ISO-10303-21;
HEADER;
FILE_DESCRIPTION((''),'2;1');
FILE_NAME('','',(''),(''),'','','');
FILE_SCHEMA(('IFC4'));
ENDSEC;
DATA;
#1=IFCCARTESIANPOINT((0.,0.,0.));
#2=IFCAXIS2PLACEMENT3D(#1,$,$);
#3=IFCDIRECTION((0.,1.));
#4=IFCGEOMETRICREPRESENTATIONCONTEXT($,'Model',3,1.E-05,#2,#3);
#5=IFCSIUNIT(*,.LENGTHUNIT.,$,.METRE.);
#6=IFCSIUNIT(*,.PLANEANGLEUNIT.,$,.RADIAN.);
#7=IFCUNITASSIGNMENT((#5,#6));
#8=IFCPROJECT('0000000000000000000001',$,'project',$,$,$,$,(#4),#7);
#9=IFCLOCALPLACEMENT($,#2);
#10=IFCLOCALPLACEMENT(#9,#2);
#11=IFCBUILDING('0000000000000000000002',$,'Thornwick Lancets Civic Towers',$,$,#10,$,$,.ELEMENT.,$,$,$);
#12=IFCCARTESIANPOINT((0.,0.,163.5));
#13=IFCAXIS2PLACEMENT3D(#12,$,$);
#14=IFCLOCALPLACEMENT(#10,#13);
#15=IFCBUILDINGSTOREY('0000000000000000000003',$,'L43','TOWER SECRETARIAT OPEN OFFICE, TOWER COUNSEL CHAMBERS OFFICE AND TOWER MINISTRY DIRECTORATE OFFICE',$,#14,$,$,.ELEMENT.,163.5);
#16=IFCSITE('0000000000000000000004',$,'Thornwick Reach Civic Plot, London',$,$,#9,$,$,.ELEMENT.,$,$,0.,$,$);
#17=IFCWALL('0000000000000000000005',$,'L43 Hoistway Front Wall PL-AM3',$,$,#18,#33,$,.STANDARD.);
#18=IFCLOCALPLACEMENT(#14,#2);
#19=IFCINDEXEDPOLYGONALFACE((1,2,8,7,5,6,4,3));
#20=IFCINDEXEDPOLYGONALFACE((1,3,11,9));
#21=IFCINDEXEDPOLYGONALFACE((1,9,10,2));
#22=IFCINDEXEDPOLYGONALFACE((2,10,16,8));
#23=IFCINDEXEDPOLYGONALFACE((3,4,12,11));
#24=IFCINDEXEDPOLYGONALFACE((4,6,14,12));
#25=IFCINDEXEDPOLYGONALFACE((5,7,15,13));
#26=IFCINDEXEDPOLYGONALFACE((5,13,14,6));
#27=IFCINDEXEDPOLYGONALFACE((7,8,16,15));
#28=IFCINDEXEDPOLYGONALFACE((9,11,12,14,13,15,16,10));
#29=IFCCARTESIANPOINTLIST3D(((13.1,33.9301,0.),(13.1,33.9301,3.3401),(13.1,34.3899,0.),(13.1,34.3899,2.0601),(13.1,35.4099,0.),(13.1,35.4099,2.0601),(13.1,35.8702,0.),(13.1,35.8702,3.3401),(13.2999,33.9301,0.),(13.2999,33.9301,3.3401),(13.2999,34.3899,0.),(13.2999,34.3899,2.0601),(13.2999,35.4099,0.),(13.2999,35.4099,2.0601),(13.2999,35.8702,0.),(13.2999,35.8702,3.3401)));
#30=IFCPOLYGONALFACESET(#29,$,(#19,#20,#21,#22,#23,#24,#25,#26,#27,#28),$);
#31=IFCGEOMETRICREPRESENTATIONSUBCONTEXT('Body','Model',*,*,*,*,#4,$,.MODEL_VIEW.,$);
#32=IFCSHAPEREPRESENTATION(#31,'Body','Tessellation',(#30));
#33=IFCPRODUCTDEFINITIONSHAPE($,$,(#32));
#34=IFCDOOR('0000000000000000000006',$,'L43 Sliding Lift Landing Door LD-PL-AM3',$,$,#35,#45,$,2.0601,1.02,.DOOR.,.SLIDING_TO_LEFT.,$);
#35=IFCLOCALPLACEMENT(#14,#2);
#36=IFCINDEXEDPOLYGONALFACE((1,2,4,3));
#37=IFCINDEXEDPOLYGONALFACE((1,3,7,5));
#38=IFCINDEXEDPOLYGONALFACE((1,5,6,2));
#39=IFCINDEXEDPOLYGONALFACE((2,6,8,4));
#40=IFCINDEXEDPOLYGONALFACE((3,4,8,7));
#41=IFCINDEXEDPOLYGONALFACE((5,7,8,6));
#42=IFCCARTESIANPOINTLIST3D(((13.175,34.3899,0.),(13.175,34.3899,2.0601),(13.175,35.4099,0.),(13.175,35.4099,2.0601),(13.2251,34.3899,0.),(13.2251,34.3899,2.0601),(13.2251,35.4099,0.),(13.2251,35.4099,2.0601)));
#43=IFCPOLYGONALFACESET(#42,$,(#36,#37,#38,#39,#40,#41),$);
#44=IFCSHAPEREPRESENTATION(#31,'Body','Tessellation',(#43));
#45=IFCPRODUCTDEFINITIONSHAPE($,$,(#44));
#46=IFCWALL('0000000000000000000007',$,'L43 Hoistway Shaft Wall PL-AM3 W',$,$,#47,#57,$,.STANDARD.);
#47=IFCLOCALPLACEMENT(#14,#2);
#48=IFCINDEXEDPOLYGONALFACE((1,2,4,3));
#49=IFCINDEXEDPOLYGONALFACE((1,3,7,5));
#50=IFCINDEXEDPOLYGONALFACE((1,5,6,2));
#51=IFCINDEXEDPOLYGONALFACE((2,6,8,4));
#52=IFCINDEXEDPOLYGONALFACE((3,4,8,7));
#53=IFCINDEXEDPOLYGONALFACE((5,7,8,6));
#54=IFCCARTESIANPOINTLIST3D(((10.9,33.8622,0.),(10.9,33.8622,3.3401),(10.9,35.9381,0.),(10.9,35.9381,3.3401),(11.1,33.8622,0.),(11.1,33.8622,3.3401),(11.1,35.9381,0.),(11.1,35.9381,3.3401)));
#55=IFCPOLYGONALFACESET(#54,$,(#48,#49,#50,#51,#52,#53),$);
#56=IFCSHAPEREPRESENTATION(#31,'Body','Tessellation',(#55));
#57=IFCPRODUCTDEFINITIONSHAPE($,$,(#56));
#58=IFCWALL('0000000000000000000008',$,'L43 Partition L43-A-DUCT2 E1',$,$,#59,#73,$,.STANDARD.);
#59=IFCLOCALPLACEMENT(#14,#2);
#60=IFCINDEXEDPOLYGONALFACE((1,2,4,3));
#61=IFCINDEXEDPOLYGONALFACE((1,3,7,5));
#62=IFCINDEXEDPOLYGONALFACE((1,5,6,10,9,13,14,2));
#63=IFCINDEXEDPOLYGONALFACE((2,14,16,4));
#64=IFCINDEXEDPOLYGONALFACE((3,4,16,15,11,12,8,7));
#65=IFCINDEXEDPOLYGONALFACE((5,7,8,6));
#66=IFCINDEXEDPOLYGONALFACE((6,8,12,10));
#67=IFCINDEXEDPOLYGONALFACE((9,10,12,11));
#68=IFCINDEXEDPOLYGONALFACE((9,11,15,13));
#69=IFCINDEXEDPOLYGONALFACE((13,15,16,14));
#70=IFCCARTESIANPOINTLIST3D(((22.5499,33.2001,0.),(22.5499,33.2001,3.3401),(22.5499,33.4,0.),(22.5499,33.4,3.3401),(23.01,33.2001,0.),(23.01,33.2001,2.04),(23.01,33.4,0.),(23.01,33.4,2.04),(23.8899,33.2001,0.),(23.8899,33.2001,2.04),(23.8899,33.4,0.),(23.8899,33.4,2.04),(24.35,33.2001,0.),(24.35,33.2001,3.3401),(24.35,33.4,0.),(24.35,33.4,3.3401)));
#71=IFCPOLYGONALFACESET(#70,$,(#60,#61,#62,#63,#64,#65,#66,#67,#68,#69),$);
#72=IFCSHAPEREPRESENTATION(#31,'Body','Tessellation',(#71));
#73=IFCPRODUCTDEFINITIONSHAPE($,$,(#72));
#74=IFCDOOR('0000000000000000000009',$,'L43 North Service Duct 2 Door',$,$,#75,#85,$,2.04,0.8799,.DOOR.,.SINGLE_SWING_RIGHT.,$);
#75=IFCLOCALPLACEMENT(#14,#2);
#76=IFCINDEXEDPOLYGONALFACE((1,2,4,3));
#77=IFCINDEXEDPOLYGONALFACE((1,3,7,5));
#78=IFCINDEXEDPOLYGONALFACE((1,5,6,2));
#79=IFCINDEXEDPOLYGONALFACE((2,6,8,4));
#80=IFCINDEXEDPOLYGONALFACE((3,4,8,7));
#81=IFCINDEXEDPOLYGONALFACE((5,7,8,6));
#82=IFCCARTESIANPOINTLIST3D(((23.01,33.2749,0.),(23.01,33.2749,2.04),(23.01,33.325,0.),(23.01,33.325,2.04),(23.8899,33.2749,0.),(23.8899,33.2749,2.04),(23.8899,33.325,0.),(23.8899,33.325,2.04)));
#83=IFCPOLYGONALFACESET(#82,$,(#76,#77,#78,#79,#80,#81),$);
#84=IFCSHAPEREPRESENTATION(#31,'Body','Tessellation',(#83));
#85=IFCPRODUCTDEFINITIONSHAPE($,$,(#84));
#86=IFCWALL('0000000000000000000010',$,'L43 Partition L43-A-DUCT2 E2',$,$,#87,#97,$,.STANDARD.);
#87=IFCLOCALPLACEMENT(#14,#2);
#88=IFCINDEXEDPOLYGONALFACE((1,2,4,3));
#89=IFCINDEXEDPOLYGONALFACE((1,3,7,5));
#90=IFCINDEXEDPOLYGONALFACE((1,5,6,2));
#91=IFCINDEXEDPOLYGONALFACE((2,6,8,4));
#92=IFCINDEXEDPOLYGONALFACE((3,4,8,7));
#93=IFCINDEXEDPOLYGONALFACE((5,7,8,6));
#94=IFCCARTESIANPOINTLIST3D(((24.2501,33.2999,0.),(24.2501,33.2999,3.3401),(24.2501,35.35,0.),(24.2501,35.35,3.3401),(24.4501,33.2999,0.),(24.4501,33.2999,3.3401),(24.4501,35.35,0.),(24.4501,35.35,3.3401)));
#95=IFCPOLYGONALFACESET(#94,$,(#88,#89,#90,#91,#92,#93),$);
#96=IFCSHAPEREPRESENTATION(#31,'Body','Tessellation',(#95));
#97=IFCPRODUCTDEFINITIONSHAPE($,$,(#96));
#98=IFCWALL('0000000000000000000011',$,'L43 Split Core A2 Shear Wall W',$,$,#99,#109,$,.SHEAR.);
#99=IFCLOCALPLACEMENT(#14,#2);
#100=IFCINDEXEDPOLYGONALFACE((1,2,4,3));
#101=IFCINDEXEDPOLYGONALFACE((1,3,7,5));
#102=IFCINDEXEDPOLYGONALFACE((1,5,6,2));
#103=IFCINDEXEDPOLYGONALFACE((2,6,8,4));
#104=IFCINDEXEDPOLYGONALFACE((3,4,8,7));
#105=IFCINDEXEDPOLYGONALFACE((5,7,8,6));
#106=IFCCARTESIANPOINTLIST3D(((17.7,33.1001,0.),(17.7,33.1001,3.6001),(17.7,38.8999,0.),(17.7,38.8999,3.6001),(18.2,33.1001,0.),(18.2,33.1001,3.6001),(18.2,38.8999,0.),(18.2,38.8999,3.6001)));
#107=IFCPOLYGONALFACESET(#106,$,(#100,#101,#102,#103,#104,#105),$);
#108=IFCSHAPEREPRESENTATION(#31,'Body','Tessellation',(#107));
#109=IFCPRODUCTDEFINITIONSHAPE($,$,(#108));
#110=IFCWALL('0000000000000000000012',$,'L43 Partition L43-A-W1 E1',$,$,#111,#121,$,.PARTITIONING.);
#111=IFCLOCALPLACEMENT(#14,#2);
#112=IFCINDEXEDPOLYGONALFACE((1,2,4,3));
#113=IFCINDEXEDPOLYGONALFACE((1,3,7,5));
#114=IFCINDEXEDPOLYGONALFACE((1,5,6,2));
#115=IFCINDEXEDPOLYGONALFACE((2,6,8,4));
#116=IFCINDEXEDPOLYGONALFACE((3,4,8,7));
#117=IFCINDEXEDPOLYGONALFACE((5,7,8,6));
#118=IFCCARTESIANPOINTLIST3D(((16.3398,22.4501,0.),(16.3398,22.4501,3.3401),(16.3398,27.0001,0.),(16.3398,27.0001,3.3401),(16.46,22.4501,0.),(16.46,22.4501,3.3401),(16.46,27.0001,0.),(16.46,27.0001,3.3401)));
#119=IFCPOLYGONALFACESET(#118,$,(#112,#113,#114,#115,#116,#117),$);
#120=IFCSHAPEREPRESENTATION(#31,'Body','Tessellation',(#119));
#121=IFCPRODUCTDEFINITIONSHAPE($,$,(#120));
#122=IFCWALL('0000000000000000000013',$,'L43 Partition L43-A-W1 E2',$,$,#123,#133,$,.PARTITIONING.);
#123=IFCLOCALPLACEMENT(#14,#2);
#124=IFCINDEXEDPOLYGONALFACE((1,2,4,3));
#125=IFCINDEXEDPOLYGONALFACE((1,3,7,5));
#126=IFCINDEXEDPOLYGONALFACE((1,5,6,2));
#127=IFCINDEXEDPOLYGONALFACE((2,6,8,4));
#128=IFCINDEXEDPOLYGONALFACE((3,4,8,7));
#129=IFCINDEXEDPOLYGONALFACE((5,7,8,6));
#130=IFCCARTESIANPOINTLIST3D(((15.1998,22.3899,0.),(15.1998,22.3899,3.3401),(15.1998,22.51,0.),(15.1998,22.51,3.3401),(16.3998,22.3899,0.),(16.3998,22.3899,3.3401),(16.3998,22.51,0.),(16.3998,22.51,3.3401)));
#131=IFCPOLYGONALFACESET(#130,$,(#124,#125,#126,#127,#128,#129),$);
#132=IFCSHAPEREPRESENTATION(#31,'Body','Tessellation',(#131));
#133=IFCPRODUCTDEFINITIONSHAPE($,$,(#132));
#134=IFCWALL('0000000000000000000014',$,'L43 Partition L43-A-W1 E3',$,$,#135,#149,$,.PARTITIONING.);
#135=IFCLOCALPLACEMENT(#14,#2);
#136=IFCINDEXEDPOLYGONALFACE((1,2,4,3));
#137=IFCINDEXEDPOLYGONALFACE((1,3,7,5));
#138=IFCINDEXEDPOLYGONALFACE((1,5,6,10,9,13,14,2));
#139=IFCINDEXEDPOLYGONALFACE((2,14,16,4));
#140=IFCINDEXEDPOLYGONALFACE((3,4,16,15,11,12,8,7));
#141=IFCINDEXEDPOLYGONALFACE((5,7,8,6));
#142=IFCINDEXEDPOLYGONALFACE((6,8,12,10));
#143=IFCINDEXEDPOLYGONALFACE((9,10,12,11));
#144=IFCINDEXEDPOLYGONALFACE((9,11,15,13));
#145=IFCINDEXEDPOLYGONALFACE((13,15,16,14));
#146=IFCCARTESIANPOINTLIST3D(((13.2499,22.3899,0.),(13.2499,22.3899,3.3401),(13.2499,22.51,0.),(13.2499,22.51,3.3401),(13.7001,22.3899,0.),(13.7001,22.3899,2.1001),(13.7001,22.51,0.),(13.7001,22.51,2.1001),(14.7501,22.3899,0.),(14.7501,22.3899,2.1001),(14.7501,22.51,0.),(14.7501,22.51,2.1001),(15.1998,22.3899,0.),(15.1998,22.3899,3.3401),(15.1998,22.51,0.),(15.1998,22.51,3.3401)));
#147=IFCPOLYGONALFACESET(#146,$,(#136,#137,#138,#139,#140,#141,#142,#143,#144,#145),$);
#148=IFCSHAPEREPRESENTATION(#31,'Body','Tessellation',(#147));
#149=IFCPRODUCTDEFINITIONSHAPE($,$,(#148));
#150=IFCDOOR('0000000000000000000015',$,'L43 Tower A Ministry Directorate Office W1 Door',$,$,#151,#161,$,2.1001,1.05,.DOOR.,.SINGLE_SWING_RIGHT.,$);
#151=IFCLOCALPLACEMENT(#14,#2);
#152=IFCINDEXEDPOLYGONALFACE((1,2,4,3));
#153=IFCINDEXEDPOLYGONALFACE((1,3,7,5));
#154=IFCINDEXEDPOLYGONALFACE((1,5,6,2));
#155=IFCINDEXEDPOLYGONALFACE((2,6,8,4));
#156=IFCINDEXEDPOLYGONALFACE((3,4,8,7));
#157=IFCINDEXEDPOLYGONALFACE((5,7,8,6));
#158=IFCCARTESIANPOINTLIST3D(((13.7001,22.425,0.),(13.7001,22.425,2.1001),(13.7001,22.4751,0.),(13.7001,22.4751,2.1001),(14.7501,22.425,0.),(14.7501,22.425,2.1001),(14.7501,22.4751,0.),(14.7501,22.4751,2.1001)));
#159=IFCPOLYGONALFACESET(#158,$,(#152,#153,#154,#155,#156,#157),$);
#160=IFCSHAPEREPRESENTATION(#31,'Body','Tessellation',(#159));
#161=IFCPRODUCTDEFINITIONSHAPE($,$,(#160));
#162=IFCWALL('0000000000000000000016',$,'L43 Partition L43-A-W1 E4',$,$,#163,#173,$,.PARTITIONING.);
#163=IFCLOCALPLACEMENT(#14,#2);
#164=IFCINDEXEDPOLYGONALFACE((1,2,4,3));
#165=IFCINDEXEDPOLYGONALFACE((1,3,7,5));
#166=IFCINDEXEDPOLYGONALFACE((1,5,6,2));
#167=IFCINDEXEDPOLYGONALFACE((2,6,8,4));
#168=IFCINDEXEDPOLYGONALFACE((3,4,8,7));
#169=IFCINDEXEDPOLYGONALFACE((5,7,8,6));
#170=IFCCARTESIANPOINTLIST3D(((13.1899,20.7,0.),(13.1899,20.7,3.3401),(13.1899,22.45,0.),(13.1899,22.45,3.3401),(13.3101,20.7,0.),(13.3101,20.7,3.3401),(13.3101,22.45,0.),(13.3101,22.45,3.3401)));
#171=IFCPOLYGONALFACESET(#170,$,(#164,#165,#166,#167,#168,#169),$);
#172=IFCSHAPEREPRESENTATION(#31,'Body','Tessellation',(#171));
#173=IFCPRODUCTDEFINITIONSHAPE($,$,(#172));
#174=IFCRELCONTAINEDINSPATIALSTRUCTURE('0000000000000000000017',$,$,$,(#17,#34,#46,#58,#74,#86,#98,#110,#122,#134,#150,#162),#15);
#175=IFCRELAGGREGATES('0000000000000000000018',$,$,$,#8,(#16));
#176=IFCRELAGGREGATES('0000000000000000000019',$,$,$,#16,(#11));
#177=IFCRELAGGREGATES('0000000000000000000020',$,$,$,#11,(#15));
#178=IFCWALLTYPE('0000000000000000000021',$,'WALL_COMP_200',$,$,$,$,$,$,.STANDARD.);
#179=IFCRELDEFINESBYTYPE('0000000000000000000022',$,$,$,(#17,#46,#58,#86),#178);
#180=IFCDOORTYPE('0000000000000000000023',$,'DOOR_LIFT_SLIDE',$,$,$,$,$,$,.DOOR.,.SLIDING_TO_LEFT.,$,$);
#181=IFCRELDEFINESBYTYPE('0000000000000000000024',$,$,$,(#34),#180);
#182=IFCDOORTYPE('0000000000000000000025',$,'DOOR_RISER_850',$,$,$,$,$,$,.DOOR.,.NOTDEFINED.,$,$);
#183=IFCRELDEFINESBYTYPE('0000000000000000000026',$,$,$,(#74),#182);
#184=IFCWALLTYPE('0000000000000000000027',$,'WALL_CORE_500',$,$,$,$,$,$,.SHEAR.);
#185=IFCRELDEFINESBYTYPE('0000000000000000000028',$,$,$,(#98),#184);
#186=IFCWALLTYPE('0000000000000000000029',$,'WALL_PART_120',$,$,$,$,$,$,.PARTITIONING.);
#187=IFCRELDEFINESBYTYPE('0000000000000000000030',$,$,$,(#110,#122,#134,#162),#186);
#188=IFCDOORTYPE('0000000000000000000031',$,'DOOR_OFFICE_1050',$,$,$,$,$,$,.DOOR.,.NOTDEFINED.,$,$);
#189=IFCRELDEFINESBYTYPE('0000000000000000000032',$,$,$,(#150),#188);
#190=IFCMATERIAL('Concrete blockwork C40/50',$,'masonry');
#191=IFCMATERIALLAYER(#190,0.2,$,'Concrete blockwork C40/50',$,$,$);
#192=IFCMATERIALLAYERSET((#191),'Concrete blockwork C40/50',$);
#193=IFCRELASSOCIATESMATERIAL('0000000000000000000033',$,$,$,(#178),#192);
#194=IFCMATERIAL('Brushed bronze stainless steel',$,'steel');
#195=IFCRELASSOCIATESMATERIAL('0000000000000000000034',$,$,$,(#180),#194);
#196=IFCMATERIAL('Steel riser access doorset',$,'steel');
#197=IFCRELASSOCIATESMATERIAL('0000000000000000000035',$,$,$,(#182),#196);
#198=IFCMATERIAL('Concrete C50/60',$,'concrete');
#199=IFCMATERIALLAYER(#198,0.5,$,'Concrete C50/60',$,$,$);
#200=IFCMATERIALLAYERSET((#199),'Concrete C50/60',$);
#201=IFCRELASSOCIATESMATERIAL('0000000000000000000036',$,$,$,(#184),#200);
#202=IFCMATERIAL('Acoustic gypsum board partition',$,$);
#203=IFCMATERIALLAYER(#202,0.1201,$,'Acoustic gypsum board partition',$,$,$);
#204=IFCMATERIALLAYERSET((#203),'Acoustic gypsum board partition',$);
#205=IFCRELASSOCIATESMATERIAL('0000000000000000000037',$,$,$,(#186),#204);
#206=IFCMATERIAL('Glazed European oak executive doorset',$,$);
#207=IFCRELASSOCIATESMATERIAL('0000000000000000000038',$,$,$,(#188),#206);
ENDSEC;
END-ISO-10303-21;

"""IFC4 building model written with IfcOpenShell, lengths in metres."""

from ifc_helpers import new_model, si_unit, direction, frame, frame_2d, origin, place, context, subcontext, project, spatial, rectangle, extrude, material, layer, layer_set, type_object, element, fill, save


model = new_model("IFC4")

# Units and contexts
model_context = context("Model", 3, precision=1e-05, world=origin(), true_north=direction((0.0, 1.0)))
body_context = subcontext(model_context, "Body", "Model", "MODEL_VIEW")
ifc_project = project(units=[si_unit("LENGTHUNIT", "METRE"), si_unit("PLANEANGLEUNIT", "RADIAN")], contexts=[model_context])

# Site, building, storey
site_placement = place(None, origin())
site = spatial("IfcSite", under=ifc_project, at=site_placement, Name="Thornwick Reach Civic Plot, London", CompositionType="ELEMENT", RefElevation=0.0)
building_placement = place(site_placement, origin())
building = spatial("IfcBuilding", under=site, at=building_placement, Name="Thornwick Lancets Civic Towers", CompositionType="ELEMENT")
storey_placement = place(building_placement, frame((0.0, 0.0, 163.5)))
storey = spatial("IfcBuildingStorey", under=building, at=storey_placement, Name="L43", Description="TOWER SECRETARIAT OPEN OFFICE, TOWER COUNSEL CHAMBERS OFFICE AND TOWER MINISTRY DIRECTORATE OFFICE", CompositionType="ELEMENT", Elevation=163.5)

# Shared definitions
ifc_material_1 = material(Name="Concrete C50/60", Category="concrete")

# Wall, opening, door
ifc_material_2 = material(Name="Concrete blockwork C40/50", Category="masonry")
ifc_layer_1 = layer(ifc_material_2, 0.2, Name="Concrete blockwork C40/50")
ifc_layer_set_1 = layer_set([ifc_layer_1], Name="Concrete blockwork C40/50")
wall_type_1 = type_object("IfcWallType", Name="WALL_COMP_200", PredefinedType="STANDARD", material=ifc_layer_set_1)
wall_1_placement = place(storey_placement, frame((13.2, 33.9299, 0.0), z_axis=(0.0, 0.0, 1.0), x_axis=(0.0, 1.0, 0.0)))
wall_1 = element("IfcWall", 1, at=wall_1_placement, inside=storey, type_object=wall_type_1, Name="L43 Hoistway Front Wall PL-AM3", PredefinedType="STANDARD", context=body_context, shape_type="SweptSolid", body=[
    extrude(rectangle(XDim=1.9402, YDim=0.2, at=frame_2d((0.9702, 0.0))), origin(), (0.0, 0.0, 1.0), 3.3401),
])
opening_1_placement = place(wall_1_placement, frame((0.46, 0.0, 0.0)))
opening_1 = element("IfcOpeningElement", 2, at=opening_1_placement, cuts=wall_1, PredefinedType="OPENING", context=body_context, shape_type="SweptSolid", body=[
    extrude(rectangle(XDim=1.02, YDim=2.0601, at=frame_2d((0.51, 1.03))), frame((0.0, 0.1099, 0.0), z_axis=(0.0, -1.0, 0.0), x_axis=(1.0, 0.0, 0.0)), (0.0, 0.0, 1.0), 0.22),
])
ifc_material_3 = material(Name="Brushed bronze stainless steel", Category="steel")
door_type_1 = type_object("IfcDoorType", Name="DOOR_LIFT_SLIDE", OperationType="SLIDING_TO_LEFT", PredefinedType="DOOR", material=ifc_material_3)
door_1_placement = place(opening_1_placement, origin())
door_1 = element("IfcDoor", 3, at=door_1_placement, inside=storey, type_object=door_type_1, Name="L43 Sliding Lift Landing Door LD-PL-AM3", OperationType="SLIDING_TO_LEFT", OverallHeight=2.0601, OverallWidth=1.02, PredefinedType="DOOR", context=body_context, shape_type="SweptSolid", body=[
    extrude(rectangle(XDim=1.02, YDim=2.0601, at=frame_2d((0.51, 1.03))), frame((0.0, 0.0249, 0.0), z_axis=(0.0, -1.0, 0.0), x_axis=(1.0, 0.0, 0.0)), (0.0, 0.0, 1.0), 0.05),
])
fill(opening_1, door_1)

# Wall
wall_2_placement = place(storey_placement, frame((11.0, 33.8621, 0.0), z_axis=(0.0, 0.0, 1.0), x_axis=(0.0, 1.0, 0.0)))
element("IfcWall", 4, at=wall_2_placement, inside=storey, type_object=wall_type_1, Name="L43 Hoistway Shaft Wall PL-AM3 W", PredefinedType="STANDARD", context=body_context, shape_type="SweptSolid", body=[
    extrude(rectangle(XDim=2.0759, YDim=0.2, at=frame_2d((1.0381, 0.0))), origin(), (0.0, 0.0, 1.0), 3.3401),
])

# Wall, opening, door
wall_3_placement = place(storey_placement, frame((22.55, 33.3, 0.0), z_axis=(0.0, 0.0, 1.0), x_axis=(1.0, 0.0, 0.0)))
wall_3 = element("IfcWall", 5, at=wall_3_placement, inside=storey, type_object=wall_type_1, Name="L43 Partition L43-A-DUCT2 E1", PredefinedType="STANDARD", context=body_context, shape_type="SweptSolid", body=[
    extrude(rectangle(XDim=1.8, YDim=0.2, at=frame_2d((0.8999, 0.0))), origin(), (0.0, 0.0, 1.0), 3.3401),
])
opening_2_placement = place(wall_3_placement, frame((0.46, 0.0, 0.0)))
opening_2 = element("IfcOpeningElement", 6, at=opening_2_placement, cuts=wall_3, PredefinedType="OPENING", context=body_context, shape_type="SweptSolid", body=[
    extrude(rectangle(XDim=0.8799, YDim=2.04, at=frame_2d((0.4399, 1.02))), frame((0.0, 0.1099, 0.0), z_axis=(0.0, -1.0, 0.0), x_axis=(1.0, 0.0, 0.0)), (0.0, 0.0, 1.0), 0.22),
])
ifc_material_4 = material(Name="Steel riser access doorset", Category="steel")
door_type_2 = type_object("IfcDoorType", Name="DOOR_RISER_850", OperationType="NOTDEFINED", PredefinedType="DOOR", material=ifc_material_4)
door_2_placement = place(opening_2_placement, origin())
door_2 = element("IfcDoor", 7, at=door_2_placement, inside=storey, type_object=door_type_2, Name="L43 North Service Duct 2 Door", OperationType="SINGLE_SWING_RIGHT", OverallHeight=2.04, OverallWidth=0.8799, PredefinedType="DOOR", context=body_context, shape_type="SweptSolid", body=[
    extrude(rectangle(XDim=0.8799, YDim=2.04, at=frame_2d((0.4399, 1.02))), frame((0.0, 0.0249, 0.0), z_axis=(0.0, -1.0, 0.0), x_axis=(1.0, 0.0, 0.0)), (0.0, 0.0, 1.0), 0.05),
])
fill(opening_2, door_2)

# Walls
wall_4_placement = place(storey_placement, frame((24.3501, 33.3, 0.0), z_axis=(0.0, 0.0, 1.0), x_axis=(0.0, 1.0, 0.0)))
element("IfcWall", 8, at=wall_4_placement, inside=storey, type_object=wall_type_1, Name="L43 Partition L43-A-DUCT2 E2", PredefinedType="STANDARD", context=body_context, shape_type="SweptSolid", body=[
    extrude(rectangle(XDim=2.05, YDim=0.2, at=frame_2d((1.0249, 0.0))), origin(), (0.0, 0.0, 1.0), 3.3401),
])
ifc_layer_2 = layer(ifc_material_1, 0.5, Name="Concrete C50/60")
ifc_layer_set_2 = layer_set([ifc_layer_2], Name="Concrete C50/60")
wall_type_2 = type_object("IfcWallType", Name="WALL_CORE_500", PredefinedType="SHEAR", material=ifc_layer_set_2)
wall_5_placement = place(storey_placement, frame((17.95, 33.1001, 0.0), z_axis=(0.0, 0.0, 1.0), x_axis=(0.0, 1.0, 0.0)))
element("IfcWall", 9, at=wall_5_placement, inside=storey, type_object=wall_type_2, Name="L43 Split Core A2 Shear Wall W", PredefinedType="SHEAR", context=body_context, shape_type="SweptSolid", body=[
    extrude(rectangle(XDim=5.7998, YDim=0.5, at=frame_2d((2.8999, 0.0))), origin(), (0.0, 0.0, 1.0), 3.6001),
])
ifc_material_5 = material(Name="Acoustic gypsum board partition")
ifc_layer_3 = layer(ifc_material_5, 0.1201, Name="Acoustic gypsum board partition")
ifc_layer_set_3 = layer_set([ifc_layer_3], Name="Acoustic gypsum board partition")
wall_type_3 = type_object("IfcWallType", Name="WALL_PART_120", PredefinedType="PARTITIONING", material=ifc_layer_set_3)
wall_6_placement = place(storey_placement, frame((16.3999, 27.0, 0.0), z_axis=(0.0, 0.0, 1.0), x_axis=(0.0, -1.0, 0.0)))
element("IfcWall", 10, at=wall_6_placement, inside=storey, type_object=wall_type_3, Name="L43 Partition L43-A-W1 E1", PredefinedType="PARTITIONING", context=body_context, shape_type="SweptSolid", body=[
    extrude(rectangle(XDim=4.55, YDim=0.1201, at=frame_2d((2.2749, 0.0))), origin(), (0.0, 0.0, 1.0), 3.3401),
])
wall_7_placement = place(storey_placement, frame((16.3999, 22.45, 0.0), z_axis=(0.0, 0.0, 1.0), x_axis=(-1.0, 0.0, 0.0)))
element("IfcWall", 11, at=wall_7_placement, inside=storey, type_object=wall_type_3, Name="L43 Partition L43-A-W1 E2", PredefinedType="PARTITIONING", context=body_context, shape_type="SweptSolid", body=[
    extrude(rectangle(XDim=1.2, YDim=0.1201, at=frame_2d((0.6001, 0.0))), origin(), (0.0, 0.0, 1.0), 3.3401),
])

# Wall, opening, door
wall_8_placement = place(storey_placement, frame((15.2, 22.45, 0.0), z_axis=(0.0, 0.0, 1.0), x_axis=(-1.0, 0.0, 0.0)))
wall_8 = element("IfcWall", 12, at=wall_8_placement, inside=storey, type_object=wall_type_3, Name="L43 Partition L43-A-W1 E3", PredefinedType="PARTITIONING", context=body_context, shape_type="SweptSolid", body=[
    extrude(rectangle(XDim=1.95, YDim=0.1201, at=frame_2d((0.9751, 0.0))), origin(), (0.0, 0.0, 1.0), 3.3401),
])
opening_3_placement = place(wall_8_placement, frame((0.45, 0.0, 0.0)))
opening_3 = element("IfcOpeningElement", 13, at=opening_3_placement, cuts=wall_8, PredefinedType="OPENING", context=body_context, shape_type="SweptSolid", body=[
    extrude(rectangle(XDim=1.05, YDim=2.1001, at=frame_2d((0.5249, 1.05))), frame((0.0, 0.0701, 0.0), z_axis=(0.0, -1.0, 0.0), x_axis=(1.0, 0.0, 0.0)), (0.0, 0.0, 1.0), 0.1401),
])
ifc_material_6 = material(Name="Glazed European oak executive doorset")
door_type_3 = type_object("IfcDoorType", Name="DOOR_OFFICE_1050", OperationType="NOTDEFINED", PredefinedType="DOOR", material=ifc_material_6)
door_3_placement = place(opening_3_placement, origin())
door_3 = element("IfcDoor", 14, at=door_3_placement, inside=storey, type_object=door_type_3, Name="L43 Tower A Ministry Directorate Office W1 Door", OperationType="SINGLE_SWING_RIGHT", OverallHeight=2.1001, OverallWidth=1.05, PredefinedType="DOOR", context=body_context, shape_type="SweptSolid", body=[
    extrude(rectangle(XDim=1.05, YDim=2.1001, at=frame_2d((0.5249, 1.05))), frame((0.0, 0.0249, 0.0), z_axis=(0.0, -1.0, 0.0), x_axis=(1.0, 0.0, 0.0)), (0.0, 0.0, 1.0), 0.05),
])
fill(opening_3, door_3)

# Wall
wall_9_placement = place(storey_placement, frame((13.25, 22.45, 0.0), z_axis=(0.0, 0.0, 1.0), x_axis=(0.0, -1.0, 0.0)))
element("IfcWall", 15, at=wall_9_placement, inside=storey, type_object=wall_type_3, Name="L43 Partition L43-A-W1 E4", PredefinedType="PARTITIONING", context=body_context, shape_type="SweptSolid", body=[
    extrude(rectangle(XDim=1.75, YDim=0.1201, at=frame_2d((0.875, 0.0))), origin(), (0.0, 0.0, 1.0), 3.3401),
])

save(model, "model.ifc")
